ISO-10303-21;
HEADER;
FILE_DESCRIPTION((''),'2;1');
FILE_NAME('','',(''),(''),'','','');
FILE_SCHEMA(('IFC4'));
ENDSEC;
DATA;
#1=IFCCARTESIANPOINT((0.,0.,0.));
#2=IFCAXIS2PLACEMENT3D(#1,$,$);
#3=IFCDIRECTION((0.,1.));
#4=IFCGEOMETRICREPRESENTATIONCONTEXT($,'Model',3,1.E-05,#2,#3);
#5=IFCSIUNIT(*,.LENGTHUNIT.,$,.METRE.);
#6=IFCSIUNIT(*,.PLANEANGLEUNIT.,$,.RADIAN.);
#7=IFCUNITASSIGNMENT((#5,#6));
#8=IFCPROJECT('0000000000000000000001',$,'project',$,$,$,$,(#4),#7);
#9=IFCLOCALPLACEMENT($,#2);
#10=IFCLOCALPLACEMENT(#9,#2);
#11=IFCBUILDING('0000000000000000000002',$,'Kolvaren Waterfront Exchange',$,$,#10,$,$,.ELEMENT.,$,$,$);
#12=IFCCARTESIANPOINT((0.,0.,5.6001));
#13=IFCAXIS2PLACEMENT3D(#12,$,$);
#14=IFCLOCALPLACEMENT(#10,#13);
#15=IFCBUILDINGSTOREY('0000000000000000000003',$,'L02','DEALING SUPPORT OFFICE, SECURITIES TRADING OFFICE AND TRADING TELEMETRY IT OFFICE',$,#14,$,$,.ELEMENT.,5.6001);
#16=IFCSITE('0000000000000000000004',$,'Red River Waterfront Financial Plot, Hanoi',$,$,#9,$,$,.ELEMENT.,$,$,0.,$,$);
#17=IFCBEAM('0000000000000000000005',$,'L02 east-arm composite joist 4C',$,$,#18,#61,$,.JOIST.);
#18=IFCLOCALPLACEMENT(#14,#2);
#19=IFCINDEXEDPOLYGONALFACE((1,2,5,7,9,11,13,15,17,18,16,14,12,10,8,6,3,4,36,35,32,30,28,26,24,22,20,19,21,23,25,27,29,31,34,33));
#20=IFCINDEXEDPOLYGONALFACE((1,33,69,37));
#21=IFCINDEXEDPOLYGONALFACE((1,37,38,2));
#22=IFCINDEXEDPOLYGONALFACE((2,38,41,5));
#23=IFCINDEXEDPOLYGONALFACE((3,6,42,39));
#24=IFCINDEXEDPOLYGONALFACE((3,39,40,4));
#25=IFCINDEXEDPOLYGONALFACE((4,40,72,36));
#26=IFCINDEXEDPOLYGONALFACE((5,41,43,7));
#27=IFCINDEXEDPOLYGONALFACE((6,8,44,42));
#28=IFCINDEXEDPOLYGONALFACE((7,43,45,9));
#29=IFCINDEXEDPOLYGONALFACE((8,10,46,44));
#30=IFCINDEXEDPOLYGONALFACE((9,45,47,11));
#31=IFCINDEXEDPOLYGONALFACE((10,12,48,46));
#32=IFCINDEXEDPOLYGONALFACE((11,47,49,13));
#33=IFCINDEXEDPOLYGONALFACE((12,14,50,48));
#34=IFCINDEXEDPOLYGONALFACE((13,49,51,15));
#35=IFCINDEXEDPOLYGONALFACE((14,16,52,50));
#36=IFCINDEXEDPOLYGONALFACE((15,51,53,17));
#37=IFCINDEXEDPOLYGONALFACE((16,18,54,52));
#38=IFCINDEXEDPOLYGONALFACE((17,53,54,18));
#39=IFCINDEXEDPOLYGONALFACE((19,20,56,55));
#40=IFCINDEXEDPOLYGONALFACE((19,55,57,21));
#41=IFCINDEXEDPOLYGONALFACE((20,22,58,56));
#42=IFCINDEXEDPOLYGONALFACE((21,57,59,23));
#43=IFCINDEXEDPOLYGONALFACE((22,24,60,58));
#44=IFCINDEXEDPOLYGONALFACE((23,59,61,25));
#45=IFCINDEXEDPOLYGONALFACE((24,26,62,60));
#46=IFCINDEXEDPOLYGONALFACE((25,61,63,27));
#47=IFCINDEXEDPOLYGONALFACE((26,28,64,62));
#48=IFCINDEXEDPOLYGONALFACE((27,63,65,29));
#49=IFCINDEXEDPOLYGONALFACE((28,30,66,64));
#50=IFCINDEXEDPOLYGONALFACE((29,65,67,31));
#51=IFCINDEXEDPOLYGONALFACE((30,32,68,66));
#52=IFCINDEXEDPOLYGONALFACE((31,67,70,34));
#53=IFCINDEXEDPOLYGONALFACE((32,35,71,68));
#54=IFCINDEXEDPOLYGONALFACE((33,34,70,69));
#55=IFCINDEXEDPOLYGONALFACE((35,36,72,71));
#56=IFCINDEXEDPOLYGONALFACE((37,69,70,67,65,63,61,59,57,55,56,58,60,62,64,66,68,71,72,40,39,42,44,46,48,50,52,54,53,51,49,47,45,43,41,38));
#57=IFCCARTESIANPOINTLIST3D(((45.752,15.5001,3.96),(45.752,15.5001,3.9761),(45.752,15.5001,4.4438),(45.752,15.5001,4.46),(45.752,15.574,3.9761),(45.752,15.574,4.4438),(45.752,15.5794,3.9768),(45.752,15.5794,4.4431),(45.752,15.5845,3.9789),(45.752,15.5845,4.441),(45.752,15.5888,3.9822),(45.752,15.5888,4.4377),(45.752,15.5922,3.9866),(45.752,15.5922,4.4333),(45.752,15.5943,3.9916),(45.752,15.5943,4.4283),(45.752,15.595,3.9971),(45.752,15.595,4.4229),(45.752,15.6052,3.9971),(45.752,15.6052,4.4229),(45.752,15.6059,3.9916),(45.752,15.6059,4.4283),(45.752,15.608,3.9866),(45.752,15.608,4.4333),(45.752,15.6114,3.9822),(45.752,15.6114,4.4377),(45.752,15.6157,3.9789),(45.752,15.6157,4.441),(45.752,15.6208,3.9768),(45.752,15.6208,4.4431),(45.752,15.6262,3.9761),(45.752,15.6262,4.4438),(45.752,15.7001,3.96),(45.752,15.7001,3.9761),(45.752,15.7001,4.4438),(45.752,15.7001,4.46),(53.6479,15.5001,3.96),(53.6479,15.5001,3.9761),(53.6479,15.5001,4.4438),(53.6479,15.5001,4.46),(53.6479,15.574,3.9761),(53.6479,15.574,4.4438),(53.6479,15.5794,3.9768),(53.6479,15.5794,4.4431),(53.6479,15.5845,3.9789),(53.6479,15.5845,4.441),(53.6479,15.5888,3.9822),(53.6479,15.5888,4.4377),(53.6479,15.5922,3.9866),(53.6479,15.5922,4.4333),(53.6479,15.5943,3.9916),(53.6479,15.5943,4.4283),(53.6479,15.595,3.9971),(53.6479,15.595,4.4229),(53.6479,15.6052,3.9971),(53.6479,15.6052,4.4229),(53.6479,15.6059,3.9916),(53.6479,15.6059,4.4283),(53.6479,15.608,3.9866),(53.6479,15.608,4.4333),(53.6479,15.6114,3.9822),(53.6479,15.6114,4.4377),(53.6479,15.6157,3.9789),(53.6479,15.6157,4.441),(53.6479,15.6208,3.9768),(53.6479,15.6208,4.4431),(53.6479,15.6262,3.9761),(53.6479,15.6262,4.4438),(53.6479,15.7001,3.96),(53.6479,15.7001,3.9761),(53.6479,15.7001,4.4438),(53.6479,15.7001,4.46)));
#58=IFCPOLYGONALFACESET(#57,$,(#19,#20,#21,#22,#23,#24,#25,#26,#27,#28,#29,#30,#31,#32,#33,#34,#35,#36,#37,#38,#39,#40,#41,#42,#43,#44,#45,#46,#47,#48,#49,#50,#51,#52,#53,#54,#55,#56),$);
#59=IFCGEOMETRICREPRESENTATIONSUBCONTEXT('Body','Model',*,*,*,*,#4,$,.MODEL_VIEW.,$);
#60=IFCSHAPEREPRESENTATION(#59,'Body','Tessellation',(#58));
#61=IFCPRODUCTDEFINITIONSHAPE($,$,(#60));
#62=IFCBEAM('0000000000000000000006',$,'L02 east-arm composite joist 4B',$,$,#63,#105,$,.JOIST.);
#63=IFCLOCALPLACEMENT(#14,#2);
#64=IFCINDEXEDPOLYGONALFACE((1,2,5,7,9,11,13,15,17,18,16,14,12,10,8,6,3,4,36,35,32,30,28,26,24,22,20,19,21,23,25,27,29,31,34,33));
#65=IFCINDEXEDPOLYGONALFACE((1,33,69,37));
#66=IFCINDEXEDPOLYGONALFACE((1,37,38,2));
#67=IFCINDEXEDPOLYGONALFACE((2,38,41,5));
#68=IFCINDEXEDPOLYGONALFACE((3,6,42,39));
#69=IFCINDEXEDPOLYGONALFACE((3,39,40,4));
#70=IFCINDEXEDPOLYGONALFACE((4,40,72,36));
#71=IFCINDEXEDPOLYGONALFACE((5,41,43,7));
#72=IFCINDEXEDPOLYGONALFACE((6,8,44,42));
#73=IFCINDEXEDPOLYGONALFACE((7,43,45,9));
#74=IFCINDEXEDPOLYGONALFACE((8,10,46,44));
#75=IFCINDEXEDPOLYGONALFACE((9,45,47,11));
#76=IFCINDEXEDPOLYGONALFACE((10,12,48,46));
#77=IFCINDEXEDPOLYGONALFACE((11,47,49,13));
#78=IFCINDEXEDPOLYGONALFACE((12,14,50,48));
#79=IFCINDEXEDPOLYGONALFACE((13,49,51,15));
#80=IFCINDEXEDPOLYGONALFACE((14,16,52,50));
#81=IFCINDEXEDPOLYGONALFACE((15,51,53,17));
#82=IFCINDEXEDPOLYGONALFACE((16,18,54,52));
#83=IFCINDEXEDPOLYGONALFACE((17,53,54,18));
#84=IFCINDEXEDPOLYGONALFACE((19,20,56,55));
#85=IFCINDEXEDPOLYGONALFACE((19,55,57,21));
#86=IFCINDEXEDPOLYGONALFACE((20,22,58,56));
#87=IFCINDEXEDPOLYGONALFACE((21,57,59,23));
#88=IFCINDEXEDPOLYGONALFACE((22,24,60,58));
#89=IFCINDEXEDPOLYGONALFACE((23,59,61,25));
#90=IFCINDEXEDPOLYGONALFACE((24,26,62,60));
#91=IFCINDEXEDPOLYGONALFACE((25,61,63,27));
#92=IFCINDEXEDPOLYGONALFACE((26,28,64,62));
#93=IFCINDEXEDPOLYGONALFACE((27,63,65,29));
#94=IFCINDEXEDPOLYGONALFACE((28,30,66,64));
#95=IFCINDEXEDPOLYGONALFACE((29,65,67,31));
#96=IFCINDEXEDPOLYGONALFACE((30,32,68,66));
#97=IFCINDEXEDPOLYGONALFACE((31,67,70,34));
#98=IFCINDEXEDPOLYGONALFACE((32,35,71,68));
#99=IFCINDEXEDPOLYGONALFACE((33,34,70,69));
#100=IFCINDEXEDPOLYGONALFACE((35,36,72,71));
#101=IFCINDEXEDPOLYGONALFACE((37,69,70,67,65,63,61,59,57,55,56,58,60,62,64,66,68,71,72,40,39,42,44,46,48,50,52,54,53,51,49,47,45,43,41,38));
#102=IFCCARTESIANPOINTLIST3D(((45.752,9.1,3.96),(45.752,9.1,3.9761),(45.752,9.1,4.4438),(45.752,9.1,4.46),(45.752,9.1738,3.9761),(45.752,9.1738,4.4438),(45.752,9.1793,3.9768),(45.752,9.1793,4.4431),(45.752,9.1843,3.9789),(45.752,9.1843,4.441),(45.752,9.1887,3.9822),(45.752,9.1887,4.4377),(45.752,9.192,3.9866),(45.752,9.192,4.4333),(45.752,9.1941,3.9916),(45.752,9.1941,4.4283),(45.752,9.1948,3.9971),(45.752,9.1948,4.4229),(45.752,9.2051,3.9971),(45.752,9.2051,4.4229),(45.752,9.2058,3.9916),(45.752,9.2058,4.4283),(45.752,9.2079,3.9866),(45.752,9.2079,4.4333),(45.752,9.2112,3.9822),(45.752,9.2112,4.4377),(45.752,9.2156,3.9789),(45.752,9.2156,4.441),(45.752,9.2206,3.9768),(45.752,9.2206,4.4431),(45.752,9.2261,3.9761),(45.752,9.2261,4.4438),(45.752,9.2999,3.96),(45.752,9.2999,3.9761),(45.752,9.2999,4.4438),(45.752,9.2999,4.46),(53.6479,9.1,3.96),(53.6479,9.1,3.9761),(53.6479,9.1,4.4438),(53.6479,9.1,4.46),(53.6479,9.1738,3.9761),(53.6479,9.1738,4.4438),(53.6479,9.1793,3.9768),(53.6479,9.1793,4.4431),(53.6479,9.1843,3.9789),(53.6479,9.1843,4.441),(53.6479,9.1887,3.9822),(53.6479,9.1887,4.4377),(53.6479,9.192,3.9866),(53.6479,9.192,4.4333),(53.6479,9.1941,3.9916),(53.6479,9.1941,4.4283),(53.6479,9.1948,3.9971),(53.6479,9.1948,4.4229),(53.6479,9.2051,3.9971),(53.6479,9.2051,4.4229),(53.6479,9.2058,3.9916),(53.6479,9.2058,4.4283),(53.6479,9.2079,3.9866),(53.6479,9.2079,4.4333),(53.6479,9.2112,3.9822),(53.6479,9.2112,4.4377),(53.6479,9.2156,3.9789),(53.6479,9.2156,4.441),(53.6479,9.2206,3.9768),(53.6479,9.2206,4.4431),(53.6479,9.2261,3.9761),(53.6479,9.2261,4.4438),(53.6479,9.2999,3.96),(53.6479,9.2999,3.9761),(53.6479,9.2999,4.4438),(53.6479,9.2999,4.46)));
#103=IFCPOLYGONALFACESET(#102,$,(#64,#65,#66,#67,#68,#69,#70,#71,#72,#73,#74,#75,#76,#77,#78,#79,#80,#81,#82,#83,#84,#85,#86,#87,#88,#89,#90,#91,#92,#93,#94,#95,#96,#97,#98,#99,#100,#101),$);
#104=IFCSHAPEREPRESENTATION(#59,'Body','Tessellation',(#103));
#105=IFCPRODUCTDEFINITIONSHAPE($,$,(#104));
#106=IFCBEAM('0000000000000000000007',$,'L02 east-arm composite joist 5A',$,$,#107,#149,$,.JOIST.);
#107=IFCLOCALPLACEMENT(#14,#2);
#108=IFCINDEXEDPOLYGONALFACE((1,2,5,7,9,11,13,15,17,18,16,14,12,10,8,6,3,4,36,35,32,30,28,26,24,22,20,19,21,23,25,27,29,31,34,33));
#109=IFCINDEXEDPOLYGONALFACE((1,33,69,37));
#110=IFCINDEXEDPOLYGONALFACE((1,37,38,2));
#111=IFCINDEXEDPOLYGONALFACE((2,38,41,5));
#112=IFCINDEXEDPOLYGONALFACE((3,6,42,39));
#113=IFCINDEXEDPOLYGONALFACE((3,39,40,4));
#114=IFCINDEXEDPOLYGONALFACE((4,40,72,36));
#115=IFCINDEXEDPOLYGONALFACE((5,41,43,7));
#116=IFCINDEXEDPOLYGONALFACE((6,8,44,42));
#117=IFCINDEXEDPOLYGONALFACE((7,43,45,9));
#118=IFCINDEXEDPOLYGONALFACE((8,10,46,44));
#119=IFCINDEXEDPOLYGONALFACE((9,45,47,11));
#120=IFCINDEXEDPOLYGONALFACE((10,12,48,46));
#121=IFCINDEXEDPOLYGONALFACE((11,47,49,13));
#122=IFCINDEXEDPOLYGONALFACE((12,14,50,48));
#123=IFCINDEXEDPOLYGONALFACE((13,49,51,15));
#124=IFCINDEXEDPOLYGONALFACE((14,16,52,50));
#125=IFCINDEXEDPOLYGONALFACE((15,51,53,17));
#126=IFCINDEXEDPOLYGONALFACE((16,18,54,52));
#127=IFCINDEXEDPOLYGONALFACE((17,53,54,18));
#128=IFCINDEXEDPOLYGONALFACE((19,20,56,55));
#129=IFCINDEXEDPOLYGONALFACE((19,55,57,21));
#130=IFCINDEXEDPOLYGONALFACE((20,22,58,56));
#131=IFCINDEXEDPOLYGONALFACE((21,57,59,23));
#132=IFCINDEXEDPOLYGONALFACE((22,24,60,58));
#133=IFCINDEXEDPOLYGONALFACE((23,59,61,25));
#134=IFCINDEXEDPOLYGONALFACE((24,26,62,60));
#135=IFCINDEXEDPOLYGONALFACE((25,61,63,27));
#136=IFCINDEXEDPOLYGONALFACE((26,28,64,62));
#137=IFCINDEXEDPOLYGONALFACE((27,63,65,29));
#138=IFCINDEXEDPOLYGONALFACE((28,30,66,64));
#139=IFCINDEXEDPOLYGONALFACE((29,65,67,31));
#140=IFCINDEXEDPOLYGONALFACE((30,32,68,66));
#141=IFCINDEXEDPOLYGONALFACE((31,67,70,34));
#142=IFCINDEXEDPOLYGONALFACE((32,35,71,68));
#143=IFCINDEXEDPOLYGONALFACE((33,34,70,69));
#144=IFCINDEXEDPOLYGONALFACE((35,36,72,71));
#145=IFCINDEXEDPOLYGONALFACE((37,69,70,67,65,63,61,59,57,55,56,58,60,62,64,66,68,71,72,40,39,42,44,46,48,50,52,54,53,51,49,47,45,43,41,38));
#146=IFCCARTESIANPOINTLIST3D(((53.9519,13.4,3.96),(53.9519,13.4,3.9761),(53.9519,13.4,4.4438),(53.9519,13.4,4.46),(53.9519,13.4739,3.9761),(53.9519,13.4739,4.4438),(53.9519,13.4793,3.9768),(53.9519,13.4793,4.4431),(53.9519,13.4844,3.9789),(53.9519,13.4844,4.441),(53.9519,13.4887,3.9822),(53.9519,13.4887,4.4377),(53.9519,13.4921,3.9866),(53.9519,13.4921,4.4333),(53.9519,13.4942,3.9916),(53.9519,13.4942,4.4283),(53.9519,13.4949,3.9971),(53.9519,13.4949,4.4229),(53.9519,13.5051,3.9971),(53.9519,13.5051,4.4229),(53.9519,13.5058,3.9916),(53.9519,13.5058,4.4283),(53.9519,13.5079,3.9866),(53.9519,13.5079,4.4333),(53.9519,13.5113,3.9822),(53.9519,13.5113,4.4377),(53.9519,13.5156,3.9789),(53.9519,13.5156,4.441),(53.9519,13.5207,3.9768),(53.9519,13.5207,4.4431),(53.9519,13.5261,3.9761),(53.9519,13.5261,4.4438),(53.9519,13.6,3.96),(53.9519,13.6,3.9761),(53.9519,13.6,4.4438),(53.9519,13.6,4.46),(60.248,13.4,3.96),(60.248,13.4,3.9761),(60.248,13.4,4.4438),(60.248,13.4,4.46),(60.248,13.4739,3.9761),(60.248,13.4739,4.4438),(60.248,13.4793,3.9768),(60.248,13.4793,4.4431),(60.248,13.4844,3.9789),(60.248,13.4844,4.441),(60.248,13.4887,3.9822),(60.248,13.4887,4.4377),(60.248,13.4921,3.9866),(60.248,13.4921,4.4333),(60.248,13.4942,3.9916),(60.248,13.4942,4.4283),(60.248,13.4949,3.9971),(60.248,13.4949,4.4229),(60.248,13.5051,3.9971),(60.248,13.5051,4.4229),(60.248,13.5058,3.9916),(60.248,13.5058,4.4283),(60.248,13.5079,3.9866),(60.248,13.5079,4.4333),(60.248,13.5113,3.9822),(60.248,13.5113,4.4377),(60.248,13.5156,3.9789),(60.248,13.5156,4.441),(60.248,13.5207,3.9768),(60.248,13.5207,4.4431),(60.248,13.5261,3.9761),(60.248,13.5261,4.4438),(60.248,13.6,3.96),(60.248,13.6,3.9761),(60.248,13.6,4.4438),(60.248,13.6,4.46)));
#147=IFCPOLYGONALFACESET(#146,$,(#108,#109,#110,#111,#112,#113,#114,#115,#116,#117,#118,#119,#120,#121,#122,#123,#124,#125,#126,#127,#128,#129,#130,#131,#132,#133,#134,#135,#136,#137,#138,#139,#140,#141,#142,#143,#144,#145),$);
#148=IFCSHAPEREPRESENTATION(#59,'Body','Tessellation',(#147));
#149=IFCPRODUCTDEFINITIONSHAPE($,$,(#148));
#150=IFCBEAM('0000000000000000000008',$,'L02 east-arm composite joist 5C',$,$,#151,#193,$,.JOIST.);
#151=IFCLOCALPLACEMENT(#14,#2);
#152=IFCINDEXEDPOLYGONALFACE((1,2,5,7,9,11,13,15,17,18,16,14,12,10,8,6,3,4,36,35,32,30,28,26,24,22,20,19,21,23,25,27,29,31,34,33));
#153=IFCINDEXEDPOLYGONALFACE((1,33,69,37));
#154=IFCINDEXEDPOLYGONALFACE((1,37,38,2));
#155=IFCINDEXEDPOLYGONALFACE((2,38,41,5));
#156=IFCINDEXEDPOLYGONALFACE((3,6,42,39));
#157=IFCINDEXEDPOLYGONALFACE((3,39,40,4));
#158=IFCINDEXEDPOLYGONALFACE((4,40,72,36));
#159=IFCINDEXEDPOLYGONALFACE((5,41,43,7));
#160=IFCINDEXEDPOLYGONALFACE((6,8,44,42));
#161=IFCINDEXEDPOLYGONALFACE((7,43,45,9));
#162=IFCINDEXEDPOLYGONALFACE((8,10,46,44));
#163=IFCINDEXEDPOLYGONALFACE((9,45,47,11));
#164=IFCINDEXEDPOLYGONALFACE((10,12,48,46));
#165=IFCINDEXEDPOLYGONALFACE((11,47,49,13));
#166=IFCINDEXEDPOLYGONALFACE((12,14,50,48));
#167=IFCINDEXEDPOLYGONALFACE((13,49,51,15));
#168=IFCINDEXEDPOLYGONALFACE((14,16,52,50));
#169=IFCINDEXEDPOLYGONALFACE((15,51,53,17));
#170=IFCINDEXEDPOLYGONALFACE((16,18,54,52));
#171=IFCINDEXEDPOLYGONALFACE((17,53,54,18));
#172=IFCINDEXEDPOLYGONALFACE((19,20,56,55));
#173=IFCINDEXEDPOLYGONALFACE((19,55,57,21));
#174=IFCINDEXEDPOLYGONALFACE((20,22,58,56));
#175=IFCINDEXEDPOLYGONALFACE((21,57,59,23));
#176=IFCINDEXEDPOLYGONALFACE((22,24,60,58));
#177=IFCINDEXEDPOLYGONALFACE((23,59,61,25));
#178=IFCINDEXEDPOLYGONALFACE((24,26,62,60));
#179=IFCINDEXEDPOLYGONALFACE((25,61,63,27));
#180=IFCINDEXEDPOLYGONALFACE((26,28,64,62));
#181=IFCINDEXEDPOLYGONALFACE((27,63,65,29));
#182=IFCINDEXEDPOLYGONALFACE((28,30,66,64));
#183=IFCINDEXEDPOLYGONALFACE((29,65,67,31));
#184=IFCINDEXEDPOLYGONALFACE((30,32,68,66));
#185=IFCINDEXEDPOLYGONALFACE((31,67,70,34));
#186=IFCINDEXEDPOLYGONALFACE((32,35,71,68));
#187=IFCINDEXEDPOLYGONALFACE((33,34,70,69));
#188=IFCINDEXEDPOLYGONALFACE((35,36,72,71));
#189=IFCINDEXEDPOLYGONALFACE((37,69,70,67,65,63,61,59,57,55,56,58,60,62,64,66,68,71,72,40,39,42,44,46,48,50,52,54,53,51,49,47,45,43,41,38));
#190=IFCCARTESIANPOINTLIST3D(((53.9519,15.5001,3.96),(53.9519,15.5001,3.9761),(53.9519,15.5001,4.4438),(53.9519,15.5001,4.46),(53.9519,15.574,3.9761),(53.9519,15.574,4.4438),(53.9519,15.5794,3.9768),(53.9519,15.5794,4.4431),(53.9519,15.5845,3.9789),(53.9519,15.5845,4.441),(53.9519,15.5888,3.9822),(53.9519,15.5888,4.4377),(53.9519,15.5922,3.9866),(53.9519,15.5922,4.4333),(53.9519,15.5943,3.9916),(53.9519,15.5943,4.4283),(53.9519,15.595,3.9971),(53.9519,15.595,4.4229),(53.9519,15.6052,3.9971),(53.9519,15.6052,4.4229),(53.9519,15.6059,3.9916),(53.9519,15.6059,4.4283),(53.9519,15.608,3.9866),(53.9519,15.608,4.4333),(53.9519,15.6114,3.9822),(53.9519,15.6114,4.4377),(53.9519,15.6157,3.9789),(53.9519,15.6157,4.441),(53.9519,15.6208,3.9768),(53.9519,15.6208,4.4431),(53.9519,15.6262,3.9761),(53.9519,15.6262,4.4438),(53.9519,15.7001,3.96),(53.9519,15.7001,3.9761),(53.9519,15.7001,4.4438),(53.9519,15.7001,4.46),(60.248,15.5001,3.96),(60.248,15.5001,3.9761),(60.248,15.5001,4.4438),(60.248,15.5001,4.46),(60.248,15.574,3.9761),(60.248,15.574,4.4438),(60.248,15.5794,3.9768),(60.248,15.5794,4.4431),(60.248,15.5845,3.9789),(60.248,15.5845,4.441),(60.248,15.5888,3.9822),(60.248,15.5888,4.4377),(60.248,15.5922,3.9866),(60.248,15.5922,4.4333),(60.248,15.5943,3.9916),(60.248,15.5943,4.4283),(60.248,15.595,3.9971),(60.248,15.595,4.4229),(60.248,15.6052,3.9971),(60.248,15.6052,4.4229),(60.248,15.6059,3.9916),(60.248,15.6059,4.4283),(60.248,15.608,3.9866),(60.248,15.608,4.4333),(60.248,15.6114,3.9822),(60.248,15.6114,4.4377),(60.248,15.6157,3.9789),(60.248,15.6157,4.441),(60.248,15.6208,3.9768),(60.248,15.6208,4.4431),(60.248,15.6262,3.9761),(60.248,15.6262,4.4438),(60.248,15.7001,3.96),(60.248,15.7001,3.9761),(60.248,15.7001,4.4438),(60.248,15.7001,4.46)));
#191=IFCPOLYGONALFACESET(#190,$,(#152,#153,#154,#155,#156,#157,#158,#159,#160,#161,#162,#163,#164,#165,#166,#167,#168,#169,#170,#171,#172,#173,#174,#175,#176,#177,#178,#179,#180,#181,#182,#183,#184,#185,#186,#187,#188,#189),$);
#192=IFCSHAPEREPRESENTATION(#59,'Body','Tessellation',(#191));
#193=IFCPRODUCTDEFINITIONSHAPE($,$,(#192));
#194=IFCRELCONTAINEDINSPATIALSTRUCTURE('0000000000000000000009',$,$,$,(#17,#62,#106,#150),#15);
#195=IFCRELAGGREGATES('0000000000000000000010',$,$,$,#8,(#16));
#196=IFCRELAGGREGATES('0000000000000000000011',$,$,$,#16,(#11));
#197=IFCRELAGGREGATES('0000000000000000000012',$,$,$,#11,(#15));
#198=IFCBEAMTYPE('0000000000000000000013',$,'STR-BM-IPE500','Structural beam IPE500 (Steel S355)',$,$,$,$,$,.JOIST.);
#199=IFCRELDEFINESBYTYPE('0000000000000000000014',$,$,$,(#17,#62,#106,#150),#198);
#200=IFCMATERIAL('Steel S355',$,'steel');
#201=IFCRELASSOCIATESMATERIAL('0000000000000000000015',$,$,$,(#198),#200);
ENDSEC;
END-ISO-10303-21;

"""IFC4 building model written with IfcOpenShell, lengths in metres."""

from ifc_helpers import new_model, si_unit, direction, frame, origin, origin_2d, place, context, subcontext, project, spatial, i_section, extrude, material, material_profile, profile_set, type_object, element, save


model = new_model("IFC4")

# Units and contexts
model_context = context("Model", 3, precision=1e-05, world=origin(), true_north=direction((0.0, 1.0)))
body_context = subcontext(model_context, "Body", "Model", "MODEL_VIEW")
ifc_project = project(units=[si_unit("LENGTHUNIT", "METRE"), si_unit("PLANEANGLEUNIT", "RADIAN")], contexts=[model_context])

# Site, building, storey
site_placement = place(None, origin())
site = spatial("IfcSite", under=ifc_project, at=site_placement, Name="Red River Waterfront Financial Plot, Hanoi", CompositionType="ELEMENT", RefElevation=0.0)
building_placement = place(site_placement, origin())
building = spatial("IfcBuilding", under=site, at=building_placement, Name="Kolvaren Waterfront Exchange", CompositionType="ELEMENT")
storey_placement = place(building_placement, frame((0.0, 0.0, 5.6001)))
storey = spatial("IfcBuildingStorey", under=building, at=storey_placement, Name="L02", Description="DEALING SUPPORT OFFICE, SECURITIES TRADING OFFICE AND TRADING TELEMETRY IT OFFICE", CompositionType="ELEMENT", Elevation=5.6001)

# Beams
ifc_material_1 = material(Name="Steel S355", Category="steel")
ifc_material_profile_1 = material_profile(ifc_material_1, i_section(OverallWidth=0.2, OverallDepth=0.5, WebThickness=0.0103, FlangeThickness=0.0161, FilletRadius=0.021, at=origin_2d()), Name="IPE500")
ifc_profile_set_1 = profile_set([ifc_material_profile_1], Name="Steel S355")
beam_type_1 = type_object("IfcBeamType", Name="STR-BM-IPE500", Description="Structural beam IPE500 (Steel S355)", PredefinedType="JOIST", material=ifc_profile_set_1)
for number, where, z_axis, x_axis, name in (
    (1, (45.752, 15.6001, 4.21), (1.0, 0.0, 0.0), (0.0, 1.0, 0.0), "L02 east-arm composite joist 4C"),
    (2, (45.752, 9.2, 4.21), (1.0, 0.0, 0.0), (0.0, 1.0, 0.0), "L02 east-arm composite joist 4B"),
):
    element("IfcBeam", number, at=place(storey_placement, frame(where, z_axis=z_axis, x_axis=x_axis)), inside=storey, type_object=beam_type_1, Name=name, PredefinedType="JOIST", context=body_context, shape_type="SweptSolid", body=[
        extrude(i_section(OverallWidth=0.2, OverallDepth=0.5, WebThickness=0.0103, FlangeThickness=0.0161, FilletRadius=0.021, at=origin_2d()), origin(), (0.0, 0.0, 1.0), 7.896),
    ])
for number, where, z_axis, x_axis, name in (
    (3, (53.9519, 13.5, 4.21), (1.0, 0.0, 0.0), (0.0, 1.0, 0.0), "L02 east-arm composite joist 5A"),
    (4, (53.9519, 15.6001, 4.21), (1.0, 0.0, 0.0), (0.0, 1.0, 0.0), "L02 east-arm composite joist 5C"),
):
    element("IfcBeam", number, at=place(storey_placement, frame(where, z_axis=z_axis, x_axis=x_axis)), inside=storey, type_object=beam_type_1, Name=name, PredefinedType="JOIST", context=body_context, shape_type="SweptSolid", body=[
        extrude(i_section(OverallWidth=0.2, OverallDepth=0.5, WebThickness=0.0103, FlangeThickness=0.0161, FilletRadius=0.021, at=origin_2d()), origin(), (0.0, 0.0, 1.0), 6.2961),
    ])

save(model, "model.ifc")
